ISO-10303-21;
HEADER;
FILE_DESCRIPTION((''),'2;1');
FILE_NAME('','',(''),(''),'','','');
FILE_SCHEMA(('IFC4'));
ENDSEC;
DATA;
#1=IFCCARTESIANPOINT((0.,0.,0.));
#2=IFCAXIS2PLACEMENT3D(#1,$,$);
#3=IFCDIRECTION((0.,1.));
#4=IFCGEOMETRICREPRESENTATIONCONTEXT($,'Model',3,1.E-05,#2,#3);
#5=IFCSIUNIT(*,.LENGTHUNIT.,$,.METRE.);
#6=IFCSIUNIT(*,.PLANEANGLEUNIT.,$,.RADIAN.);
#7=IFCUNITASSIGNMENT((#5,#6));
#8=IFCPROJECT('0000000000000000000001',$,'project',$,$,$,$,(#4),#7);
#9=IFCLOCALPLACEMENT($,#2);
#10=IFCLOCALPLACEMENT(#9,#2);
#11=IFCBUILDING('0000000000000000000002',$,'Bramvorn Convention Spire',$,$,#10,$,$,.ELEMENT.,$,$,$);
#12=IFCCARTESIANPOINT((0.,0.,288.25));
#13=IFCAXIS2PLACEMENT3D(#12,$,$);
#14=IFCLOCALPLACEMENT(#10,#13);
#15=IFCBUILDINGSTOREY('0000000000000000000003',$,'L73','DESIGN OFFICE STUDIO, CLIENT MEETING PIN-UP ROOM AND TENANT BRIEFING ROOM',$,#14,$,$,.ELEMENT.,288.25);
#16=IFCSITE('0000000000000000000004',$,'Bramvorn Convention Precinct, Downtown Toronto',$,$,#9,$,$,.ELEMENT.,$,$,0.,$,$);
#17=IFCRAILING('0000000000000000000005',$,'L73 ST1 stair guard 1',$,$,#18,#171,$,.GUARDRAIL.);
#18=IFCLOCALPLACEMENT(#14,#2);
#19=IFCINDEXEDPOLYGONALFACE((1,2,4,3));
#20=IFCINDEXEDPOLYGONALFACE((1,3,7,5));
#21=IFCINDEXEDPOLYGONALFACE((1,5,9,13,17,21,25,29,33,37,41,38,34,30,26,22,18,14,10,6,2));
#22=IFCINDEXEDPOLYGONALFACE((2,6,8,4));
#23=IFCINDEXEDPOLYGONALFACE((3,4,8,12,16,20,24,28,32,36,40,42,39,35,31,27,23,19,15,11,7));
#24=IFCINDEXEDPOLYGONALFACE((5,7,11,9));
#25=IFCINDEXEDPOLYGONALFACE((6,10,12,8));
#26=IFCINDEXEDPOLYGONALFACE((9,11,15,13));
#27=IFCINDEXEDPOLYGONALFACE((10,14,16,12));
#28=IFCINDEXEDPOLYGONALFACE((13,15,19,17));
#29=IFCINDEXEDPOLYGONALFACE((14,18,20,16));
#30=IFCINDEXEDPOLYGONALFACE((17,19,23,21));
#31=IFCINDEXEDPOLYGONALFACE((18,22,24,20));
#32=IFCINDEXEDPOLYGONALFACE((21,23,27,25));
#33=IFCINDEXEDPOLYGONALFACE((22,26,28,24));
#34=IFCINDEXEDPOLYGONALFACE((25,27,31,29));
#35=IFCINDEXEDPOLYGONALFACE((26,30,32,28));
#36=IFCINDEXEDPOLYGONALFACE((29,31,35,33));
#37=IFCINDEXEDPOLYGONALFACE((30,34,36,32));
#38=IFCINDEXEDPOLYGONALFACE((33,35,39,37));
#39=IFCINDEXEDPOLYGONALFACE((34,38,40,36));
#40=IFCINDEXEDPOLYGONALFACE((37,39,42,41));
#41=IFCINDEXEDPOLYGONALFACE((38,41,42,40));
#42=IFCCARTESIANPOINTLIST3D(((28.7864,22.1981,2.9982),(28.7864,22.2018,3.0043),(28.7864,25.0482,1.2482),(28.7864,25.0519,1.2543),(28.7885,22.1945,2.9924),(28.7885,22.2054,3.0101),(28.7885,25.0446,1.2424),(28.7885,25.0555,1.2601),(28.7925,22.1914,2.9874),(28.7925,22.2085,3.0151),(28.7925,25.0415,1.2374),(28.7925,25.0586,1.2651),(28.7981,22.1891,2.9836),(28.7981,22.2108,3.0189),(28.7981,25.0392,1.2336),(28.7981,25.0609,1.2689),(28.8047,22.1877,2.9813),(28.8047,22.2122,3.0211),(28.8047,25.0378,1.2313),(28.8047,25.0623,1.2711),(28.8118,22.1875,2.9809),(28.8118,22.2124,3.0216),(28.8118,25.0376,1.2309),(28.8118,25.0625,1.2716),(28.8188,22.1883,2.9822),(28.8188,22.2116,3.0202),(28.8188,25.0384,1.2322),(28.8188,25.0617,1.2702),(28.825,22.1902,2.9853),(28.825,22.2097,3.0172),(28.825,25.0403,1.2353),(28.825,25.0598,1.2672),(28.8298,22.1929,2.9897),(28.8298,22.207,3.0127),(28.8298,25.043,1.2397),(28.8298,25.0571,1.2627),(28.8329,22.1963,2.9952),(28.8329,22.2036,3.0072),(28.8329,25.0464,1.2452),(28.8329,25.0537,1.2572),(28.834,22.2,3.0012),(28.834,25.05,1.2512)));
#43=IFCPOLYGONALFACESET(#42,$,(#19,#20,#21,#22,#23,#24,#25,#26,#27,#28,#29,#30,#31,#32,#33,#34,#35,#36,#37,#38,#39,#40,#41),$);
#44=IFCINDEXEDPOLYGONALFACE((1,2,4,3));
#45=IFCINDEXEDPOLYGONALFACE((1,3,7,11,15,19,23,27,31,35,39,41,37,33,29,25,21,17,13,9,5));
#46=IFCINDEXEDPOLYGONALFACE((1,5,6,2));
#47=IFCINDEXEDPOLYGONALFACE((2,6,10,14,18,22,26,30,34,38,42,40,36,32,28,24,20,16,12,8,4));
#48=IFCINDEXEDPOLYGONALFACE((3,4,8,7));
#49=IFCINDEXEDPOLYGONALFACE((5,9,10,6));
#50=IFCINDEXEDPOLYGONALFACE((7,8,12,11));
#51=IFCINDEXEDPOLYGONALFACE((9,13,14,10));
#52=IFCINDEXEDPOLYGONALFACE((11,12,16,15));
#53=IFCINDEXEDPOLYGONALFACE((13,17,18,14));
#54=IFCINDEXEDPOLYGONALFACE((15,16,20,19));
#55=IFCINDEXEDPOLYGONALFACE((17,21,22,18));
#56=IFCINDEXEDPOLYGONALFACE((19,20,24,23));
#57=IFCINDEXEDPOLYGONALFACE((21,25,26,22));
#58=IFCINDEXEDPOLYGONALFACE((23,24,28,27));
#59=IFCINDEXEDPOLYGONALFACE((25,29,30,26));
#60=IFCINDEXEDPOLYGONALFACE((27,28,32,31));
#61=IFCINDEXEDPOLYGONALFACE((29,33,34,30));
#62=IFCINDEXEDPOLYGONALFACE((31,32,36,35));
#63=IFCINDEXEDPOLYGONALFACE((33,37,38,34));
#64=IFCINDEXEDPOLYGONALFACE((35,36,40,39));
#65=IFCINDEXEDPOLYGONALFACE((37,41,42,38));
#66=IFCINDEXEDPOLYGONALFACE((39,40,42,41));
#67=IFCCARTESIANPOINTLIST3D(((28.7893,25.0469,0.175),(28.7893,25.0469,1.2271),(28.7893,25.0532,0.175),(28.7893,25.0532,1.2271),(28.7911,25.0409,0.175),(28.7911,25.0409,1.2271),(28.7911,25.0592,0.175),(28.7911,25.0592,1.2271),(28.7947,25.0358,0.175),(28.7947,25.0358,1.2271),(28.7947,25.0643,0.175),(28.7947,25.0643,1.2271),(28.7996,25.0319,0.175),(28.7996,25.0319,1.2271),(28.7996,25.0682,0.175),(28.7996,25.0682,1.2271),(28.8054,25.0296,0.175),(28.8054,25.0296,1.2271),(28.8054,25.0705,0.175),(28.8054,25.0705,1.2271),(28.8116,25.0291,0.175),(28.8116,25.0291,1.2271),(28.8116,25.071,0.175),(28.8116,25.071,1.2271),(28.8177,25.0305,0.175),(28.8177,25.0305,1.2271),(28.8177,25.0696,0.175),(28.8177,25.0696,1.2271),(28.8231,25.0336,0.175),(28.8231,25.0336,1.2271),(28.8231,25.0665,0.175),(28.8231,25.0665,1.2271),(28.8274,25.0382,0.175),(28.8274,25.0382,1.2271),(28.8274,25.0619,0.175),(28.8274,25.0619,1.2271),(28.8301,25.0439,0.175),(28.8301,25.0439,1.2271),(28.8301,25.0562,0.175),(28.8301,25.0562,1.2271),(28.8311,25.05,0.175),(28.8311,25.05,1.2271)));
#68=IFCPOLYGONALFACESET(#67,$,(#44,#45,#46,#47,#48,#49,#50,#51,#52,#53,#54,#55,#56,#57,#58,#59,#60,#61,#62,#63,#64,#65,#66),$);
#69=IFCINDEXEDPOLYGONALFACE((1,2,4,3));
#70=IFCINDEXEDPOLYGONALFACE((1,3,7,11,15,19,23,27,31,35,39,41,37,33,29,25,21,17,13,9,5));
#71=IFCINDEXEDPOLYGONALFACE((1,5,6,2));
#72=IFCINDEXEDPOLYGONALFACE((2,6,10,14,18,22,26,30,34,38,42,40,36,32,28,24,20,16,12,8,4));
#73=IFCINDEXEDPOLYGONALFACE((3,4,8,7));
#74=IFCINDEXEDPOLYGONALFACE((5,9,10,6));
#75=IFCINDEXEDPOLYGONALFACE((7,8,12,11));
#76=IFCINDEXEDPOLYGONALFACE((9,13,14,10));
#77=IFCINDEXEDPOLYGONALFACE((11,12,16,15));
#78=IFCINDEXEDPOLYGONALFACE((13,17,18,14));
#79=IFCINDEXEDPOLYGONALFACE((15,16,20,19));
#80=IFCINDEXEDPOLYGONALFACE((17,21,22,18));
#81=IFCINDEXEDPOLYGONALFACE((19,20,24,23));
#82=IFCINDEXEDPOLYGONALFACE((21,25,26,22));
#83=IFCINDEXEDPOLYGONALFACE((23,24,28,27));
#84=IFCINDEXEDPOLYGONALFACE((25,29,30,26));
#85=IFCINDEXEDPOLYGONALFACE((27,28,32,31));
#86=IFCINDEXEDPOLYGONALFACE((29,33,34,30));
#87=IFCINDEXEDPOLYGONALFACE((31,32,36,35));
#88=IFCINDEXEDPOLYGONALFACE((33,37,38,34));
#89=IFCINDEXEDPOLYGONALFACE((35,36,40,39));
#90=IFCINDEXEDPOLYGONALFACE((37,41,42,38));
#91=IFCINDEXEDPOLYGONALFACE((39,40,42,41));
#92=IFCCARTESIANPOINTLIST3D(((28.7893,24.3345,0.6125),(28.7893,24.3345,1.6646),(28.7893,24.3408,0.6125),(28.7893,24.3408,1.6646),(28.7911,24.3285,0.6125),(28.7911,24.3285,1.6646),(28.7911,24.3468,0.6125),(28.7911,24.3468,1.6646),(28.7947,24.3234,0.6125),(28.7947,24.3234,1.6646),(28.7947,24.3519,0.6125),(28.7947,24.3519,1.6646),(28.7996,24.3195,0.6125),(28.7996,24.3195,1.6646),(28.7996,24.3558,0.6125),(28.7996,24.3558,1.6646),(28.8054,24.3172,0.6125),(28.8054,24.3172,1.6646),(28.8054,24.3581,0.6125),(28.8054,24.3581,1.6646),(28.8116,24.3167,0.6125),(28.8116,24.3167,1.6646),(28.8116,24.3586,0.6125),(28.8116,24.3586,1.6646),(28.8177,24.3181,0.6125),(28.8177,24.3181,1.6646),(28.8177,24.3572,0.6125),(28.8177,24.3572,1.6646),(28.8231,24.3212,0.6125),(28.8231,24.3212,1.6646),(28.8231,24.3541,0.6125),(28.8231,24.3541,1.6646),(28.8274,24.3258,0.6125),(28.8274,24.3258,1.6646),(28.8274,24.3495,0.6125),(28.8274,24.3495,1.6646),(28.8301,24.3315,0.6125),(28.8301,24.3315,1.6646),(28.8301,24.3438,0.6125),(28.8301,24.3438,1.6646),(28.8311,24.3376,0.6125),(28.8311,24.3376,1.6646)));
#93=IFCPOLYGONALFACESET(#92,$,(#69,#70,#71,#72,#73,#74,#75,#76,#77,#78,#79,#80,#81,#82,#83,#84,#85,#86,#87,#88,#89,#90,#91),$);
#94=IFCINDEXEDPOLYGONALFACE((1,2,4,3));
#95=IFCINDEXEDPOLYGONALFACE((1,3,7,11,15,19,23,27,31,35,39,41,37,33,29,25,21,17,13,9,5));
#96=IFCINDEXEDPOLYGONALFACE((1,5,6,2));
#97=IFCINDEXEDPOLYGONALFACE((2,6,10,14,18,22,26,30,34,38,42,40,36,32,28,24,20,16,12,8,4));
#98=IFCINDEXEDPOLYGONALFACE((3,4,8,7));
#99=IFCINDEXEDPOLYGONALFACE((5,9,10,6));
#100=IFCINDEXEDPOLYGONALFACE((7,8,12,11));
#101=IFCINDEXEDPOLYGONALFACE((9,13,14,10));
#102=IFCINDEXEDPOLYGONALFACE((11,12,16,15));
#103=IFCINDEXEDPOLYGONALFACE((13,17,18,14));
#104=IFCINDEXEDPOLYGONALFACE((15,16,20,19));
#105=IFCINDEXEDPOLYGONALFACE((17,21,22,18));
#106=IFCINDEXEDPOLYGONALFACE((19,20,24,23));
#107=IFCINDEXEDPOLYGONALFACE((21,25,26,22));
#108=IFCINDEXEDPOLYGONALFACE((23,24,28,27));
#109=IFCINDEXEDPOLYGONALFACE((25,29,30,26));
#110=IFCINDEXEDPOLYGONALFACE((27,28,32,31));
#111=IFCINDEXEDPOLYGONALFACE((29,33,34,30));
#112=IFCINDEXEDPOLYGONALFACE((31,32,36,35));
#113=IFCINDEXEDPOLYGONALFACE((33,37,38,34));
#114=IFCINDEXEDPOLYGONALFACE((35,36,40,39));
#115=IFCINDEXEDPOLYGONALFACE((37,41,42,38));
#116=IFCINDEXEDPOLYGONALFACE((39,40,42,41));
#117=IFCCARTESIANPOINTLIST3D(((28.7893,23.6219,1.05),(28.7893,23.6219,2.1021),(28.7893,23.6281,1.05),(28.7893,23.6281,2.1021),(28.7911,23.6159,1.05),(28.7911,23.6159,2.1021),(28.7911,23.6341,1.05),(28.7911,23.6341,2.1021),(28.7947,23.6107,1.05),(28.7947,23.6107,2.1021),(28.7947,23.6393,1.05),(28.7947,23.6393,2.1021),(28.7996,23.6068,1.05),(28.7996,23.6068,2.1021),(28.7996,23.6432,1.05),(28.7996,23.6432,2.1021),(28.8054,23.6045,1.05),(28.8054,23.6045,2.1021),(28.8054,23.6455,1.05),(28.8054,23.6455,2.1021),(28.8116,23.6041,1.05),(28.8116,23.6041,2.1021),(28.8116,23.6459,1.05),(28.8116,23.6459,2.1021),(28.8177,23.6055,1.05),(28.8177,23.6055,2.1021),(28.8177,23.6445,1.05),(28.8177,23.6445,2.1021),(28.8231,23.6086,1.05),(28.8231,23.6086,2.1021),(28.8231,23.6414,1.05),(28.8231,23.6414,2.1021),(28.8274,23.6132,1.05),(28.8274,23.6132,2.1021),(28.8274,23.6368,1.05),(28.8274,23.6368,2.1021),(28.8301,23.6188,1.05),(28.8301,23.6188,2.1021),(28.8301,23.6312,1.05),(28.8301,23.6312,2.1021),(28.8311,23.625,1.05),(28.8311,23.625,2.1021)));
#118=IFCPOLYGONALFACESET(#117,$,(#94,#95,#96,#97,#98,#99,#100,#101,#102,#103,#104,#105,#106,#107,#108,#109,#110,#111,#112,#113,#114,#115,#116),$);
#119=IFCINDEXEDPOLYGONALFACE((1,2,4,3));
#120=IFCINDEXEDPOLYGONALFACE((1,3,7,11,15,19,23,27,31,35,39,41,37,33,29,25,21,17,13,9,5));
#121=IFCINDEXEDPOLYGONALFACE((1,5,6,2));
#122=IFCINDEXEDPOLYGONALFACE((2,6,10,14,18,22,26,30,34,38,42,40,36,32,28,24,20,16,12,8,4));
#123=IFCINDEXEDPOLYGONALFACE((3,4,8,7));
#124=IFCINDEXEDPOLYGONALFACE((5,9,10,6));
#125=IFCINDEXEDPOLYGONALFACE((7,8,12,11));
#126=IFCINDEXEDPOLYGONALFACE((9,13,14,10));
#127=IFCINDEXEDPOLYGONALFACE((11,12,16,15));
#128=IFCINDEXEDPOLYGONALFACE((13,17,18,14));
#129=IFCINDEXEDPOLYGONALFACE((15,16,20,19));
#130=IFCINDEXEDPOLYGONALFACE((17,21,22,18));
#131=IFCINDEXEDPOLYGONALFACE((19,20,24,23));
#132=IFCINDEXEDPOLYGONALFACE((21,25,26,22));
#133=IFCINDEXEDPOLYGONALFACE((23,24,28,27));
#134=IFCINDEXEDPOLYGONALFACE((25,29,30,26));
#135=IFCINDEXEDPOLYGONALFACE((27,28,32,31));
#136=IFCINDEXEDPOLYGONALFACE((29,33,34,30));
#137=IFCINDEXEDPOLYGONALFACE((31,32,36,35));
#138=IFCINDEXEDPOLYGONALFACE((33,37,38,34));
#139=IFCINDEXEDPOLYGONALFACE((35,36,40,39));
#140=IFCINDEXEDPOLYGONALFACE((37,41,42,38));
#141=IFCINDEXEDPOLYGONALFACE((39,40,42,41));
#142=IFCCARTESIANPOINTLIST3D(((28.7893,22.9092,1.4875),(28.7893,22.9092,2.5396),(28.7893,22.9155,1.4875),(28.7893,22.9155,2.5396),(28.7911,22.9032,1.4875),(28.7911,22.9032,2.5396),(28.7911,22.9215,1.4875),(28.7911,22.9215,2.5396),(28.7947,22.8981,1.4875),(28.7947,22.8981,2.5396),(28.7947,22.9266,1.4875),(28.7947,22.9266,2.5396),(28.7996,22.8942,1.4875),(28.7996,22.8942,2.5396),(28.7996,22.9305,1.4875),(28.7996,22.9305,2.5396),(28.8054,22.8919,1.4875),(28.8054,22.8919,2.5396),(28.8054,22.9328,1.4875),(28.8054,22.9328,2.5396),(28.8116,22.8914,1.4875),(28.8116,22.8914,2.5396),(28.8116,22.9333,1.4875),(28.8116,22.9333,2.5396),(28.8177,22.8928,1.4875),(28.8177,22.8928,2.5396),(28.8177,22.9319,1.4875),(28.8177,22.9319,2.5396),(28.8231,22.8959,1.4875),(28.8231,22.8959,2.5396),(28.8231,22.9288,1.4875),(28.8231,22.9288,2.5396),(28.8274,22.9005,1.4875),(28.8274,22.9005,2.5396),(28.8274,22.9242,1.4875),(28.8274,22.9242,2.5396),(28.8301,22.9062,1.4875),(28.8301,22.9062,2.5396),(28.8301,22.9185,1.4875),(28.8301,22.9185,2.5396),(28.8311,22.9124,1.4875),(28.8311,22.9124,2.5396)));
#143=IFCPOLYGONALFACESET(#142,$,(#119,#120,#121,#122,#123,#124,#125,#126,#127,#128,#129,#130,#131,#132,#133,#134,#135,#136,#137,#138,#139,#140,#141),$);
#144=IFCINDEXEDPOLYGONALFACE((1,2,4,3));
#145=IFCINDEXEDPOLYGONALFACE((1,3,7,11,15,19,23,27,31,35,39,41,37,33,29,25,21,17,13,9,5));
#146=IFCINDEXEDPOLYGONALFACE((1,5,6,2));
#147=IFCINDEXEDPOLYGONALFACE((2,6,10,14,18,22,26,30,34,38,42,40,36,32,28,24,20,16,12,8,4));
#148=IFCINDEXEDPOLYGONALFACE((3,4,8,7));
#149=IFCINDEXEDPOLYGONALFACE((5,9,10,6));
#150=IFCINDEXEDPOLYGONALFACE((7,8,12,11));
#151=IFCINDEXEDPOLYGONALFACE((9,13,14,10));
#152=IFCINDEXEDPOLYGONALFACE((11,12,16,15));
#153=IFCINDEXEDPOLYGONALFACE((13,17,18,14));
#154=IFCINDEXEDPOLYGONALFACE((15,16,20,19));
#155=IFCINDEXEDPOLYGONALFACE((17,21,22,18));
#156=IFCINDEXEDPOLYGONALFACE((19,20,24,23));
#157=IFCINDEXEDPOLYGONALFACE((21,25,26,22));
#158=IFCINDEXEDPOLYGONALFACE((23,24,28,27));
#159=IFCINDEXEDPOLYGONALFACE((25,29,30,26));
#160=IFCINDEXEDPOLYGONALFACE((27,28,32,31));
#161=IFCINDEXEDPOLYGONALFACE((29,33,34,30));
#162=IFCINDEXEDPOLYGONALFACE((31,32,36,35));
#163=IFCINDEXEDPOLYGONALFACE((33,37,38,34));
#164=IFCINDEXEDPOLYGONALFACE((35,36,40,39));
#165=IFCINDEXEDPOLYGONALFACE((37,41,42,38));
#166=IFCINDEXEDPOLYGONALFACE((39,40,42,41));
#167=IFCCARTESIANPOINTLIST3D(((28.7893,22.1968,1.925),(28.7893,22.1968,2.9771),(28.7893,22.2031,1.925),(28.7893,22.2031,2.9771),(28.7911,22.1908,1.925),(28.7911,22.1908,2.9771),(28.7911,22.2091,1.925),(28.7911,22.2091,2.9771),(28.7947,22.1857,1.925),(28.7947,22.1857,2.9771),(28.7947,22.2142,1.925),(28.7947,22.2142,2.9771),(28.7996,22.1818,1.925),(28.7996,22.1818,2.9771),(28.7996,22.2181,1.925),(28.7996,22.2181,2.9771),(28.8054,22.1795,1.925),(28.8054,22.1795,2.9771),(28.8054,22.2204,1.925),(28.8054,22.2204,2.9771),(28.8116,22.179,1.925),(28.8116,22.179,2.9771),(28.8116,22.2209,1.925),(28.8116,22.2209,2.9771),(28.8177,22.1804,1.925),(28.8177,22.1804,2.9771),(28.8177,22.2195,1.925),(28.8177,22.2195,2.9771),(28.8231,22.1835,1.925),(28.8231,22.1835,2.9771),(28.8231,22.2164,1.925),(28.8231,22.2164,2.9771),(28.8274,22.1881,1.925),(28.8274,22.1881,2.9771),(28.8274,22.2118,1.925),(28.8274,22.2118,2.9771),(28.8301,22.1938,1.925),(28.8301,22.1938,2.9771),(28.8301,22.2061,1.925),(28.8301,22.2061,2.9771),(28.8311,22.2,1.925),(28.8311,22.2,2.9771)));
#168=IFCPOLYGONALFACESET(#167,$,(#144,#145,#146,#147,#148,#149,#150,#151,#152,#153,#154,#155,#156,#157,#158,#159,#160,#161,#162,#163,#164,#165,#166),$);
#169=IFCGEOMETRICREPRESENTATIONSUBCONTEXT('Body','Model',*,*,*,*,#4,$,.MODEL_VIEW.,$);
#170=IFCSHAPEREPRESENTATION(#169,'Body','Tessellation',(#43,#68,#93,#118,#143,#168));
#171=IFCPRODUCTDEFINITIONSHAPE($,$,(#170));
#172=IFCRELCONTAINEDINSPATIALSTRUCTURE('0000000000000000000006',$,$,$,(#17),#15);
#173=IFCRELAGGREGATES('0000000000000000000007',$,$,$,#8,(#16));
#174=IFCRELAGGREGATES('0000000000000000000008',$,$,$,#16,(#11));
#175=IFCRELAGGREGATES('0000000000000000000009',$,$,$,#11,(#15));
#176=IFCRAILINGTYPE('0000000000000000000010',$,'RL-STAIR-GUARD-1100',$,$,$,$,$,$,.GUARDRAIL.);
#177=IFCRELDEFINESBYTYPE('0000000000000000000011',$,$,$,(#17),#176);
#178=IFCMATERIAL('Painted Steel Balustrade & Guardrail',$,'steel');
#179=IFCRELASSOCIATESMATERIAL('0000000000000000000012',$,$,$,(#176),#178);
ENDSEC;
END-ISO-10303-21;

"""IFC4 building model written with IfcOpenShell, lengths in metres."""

from ifc_helpers import new_model, si_unit, direction, frame, origin, origin_2d, place, context, subcontext, project, spatial, circle, extrude, material, type_object, element, save


model = new_model("IFC4")

# Units and contexts
model_context = context("Model", 3, precision=1e-05, world=origin(), true_north=direction((0.0, 1.0)))
body_context = subcontext(model_context, "Body", "Model", "MODEL_VIEW")
ifc_project = project(units=[si_unit("LENGTHUNIT", "METRE"), si_unit("PLANEANGLEUNIT", "RADIAN")], contexts=[model_context])

# Site, building, storey
site_placement = place(None, origin())
site = spatial("IfcSite", under=ifc_project, at=site_placement, Name="Bramvorn Convention Precinct, Downtown Toronto", CompositionType="ELEMENT", RefElevation=0.0)
building_placement = place(site_placement, origin())
building = spatial("IfcBuilding", under=site, at=building_placement, Name="Bramvorn Convention Spire", CompositionType="ELEMENT")
storey_placement = place(building_placement, frame((0.0, 0.0, 288.25)))
storey = spatial("IfcBuildingStorey", under=building, at=storey_placement, Name="L73", Description="DESIGN OFFICE STUDIO, CLIENT MEETING PIN-UP ROOM AND TENANT BRIEFING ROOM", CompositionType="ELEMENT", Elevation=288.25)

# Railing
ifc_material_1 = material(Name="Painted Steel Balustrade & Guardrail", Category="steel")
railing_type_1 = type_object("IfcRailingType", Name="RL-STAIR-GUARD-1100", PredefinedType="GUARDRAIL", material=ifc_material_1)
railing_1_placement = place(storey_placement, frame((28.8101, 25.05, 0.175)))
element("IfcRailing", 1, at=railing_1_placement, inside=storey, type_object=railing_type_1, Name="L73 ST1 stair guard 1", PredefinedType="GUARDRAIL", context=body_context, shape_type="SweptSolid", body=[
    extrude(circle(Radius=0.0239, at=origin_2d()), frame((0.0, 0.0, 1.0762), z_axis=(0.0, -0.852179, 0.52325), x_axis=(1.0, 0.0, 0.0)), (0.0, 0.0, 1.0), 3.3445),
    extrude(circle(Radius=0.021, at=origin_2d()), origin(), (0.0, 0.0, 1.0), 1.052),
    extrude(circle(Radius=0.021, at=origin_2d()), frame((0.0, -0.7124, 0.4375)), (0.0, 0.0, 1.0), 1.052),
    extrude(circle(Radius=0.021, at=origin_2d()), frame((0.0, -1.425, 0.875)), (0.0, 0.0, 1.0), 1.052),
    extrude(circle(Radius=0.021, at=origin_2d()), frame((0.0, -2.1377, 1.3125)), (0.0, 0.0, 1.0), 1.052),
    extrude(circle(Radius=0.021, at=origin_2d()), frame((0.0, -2.8501, 1.75)), (0.0, 0.0, 1.0), 1.052),
])

save(model, "model.ifc")
